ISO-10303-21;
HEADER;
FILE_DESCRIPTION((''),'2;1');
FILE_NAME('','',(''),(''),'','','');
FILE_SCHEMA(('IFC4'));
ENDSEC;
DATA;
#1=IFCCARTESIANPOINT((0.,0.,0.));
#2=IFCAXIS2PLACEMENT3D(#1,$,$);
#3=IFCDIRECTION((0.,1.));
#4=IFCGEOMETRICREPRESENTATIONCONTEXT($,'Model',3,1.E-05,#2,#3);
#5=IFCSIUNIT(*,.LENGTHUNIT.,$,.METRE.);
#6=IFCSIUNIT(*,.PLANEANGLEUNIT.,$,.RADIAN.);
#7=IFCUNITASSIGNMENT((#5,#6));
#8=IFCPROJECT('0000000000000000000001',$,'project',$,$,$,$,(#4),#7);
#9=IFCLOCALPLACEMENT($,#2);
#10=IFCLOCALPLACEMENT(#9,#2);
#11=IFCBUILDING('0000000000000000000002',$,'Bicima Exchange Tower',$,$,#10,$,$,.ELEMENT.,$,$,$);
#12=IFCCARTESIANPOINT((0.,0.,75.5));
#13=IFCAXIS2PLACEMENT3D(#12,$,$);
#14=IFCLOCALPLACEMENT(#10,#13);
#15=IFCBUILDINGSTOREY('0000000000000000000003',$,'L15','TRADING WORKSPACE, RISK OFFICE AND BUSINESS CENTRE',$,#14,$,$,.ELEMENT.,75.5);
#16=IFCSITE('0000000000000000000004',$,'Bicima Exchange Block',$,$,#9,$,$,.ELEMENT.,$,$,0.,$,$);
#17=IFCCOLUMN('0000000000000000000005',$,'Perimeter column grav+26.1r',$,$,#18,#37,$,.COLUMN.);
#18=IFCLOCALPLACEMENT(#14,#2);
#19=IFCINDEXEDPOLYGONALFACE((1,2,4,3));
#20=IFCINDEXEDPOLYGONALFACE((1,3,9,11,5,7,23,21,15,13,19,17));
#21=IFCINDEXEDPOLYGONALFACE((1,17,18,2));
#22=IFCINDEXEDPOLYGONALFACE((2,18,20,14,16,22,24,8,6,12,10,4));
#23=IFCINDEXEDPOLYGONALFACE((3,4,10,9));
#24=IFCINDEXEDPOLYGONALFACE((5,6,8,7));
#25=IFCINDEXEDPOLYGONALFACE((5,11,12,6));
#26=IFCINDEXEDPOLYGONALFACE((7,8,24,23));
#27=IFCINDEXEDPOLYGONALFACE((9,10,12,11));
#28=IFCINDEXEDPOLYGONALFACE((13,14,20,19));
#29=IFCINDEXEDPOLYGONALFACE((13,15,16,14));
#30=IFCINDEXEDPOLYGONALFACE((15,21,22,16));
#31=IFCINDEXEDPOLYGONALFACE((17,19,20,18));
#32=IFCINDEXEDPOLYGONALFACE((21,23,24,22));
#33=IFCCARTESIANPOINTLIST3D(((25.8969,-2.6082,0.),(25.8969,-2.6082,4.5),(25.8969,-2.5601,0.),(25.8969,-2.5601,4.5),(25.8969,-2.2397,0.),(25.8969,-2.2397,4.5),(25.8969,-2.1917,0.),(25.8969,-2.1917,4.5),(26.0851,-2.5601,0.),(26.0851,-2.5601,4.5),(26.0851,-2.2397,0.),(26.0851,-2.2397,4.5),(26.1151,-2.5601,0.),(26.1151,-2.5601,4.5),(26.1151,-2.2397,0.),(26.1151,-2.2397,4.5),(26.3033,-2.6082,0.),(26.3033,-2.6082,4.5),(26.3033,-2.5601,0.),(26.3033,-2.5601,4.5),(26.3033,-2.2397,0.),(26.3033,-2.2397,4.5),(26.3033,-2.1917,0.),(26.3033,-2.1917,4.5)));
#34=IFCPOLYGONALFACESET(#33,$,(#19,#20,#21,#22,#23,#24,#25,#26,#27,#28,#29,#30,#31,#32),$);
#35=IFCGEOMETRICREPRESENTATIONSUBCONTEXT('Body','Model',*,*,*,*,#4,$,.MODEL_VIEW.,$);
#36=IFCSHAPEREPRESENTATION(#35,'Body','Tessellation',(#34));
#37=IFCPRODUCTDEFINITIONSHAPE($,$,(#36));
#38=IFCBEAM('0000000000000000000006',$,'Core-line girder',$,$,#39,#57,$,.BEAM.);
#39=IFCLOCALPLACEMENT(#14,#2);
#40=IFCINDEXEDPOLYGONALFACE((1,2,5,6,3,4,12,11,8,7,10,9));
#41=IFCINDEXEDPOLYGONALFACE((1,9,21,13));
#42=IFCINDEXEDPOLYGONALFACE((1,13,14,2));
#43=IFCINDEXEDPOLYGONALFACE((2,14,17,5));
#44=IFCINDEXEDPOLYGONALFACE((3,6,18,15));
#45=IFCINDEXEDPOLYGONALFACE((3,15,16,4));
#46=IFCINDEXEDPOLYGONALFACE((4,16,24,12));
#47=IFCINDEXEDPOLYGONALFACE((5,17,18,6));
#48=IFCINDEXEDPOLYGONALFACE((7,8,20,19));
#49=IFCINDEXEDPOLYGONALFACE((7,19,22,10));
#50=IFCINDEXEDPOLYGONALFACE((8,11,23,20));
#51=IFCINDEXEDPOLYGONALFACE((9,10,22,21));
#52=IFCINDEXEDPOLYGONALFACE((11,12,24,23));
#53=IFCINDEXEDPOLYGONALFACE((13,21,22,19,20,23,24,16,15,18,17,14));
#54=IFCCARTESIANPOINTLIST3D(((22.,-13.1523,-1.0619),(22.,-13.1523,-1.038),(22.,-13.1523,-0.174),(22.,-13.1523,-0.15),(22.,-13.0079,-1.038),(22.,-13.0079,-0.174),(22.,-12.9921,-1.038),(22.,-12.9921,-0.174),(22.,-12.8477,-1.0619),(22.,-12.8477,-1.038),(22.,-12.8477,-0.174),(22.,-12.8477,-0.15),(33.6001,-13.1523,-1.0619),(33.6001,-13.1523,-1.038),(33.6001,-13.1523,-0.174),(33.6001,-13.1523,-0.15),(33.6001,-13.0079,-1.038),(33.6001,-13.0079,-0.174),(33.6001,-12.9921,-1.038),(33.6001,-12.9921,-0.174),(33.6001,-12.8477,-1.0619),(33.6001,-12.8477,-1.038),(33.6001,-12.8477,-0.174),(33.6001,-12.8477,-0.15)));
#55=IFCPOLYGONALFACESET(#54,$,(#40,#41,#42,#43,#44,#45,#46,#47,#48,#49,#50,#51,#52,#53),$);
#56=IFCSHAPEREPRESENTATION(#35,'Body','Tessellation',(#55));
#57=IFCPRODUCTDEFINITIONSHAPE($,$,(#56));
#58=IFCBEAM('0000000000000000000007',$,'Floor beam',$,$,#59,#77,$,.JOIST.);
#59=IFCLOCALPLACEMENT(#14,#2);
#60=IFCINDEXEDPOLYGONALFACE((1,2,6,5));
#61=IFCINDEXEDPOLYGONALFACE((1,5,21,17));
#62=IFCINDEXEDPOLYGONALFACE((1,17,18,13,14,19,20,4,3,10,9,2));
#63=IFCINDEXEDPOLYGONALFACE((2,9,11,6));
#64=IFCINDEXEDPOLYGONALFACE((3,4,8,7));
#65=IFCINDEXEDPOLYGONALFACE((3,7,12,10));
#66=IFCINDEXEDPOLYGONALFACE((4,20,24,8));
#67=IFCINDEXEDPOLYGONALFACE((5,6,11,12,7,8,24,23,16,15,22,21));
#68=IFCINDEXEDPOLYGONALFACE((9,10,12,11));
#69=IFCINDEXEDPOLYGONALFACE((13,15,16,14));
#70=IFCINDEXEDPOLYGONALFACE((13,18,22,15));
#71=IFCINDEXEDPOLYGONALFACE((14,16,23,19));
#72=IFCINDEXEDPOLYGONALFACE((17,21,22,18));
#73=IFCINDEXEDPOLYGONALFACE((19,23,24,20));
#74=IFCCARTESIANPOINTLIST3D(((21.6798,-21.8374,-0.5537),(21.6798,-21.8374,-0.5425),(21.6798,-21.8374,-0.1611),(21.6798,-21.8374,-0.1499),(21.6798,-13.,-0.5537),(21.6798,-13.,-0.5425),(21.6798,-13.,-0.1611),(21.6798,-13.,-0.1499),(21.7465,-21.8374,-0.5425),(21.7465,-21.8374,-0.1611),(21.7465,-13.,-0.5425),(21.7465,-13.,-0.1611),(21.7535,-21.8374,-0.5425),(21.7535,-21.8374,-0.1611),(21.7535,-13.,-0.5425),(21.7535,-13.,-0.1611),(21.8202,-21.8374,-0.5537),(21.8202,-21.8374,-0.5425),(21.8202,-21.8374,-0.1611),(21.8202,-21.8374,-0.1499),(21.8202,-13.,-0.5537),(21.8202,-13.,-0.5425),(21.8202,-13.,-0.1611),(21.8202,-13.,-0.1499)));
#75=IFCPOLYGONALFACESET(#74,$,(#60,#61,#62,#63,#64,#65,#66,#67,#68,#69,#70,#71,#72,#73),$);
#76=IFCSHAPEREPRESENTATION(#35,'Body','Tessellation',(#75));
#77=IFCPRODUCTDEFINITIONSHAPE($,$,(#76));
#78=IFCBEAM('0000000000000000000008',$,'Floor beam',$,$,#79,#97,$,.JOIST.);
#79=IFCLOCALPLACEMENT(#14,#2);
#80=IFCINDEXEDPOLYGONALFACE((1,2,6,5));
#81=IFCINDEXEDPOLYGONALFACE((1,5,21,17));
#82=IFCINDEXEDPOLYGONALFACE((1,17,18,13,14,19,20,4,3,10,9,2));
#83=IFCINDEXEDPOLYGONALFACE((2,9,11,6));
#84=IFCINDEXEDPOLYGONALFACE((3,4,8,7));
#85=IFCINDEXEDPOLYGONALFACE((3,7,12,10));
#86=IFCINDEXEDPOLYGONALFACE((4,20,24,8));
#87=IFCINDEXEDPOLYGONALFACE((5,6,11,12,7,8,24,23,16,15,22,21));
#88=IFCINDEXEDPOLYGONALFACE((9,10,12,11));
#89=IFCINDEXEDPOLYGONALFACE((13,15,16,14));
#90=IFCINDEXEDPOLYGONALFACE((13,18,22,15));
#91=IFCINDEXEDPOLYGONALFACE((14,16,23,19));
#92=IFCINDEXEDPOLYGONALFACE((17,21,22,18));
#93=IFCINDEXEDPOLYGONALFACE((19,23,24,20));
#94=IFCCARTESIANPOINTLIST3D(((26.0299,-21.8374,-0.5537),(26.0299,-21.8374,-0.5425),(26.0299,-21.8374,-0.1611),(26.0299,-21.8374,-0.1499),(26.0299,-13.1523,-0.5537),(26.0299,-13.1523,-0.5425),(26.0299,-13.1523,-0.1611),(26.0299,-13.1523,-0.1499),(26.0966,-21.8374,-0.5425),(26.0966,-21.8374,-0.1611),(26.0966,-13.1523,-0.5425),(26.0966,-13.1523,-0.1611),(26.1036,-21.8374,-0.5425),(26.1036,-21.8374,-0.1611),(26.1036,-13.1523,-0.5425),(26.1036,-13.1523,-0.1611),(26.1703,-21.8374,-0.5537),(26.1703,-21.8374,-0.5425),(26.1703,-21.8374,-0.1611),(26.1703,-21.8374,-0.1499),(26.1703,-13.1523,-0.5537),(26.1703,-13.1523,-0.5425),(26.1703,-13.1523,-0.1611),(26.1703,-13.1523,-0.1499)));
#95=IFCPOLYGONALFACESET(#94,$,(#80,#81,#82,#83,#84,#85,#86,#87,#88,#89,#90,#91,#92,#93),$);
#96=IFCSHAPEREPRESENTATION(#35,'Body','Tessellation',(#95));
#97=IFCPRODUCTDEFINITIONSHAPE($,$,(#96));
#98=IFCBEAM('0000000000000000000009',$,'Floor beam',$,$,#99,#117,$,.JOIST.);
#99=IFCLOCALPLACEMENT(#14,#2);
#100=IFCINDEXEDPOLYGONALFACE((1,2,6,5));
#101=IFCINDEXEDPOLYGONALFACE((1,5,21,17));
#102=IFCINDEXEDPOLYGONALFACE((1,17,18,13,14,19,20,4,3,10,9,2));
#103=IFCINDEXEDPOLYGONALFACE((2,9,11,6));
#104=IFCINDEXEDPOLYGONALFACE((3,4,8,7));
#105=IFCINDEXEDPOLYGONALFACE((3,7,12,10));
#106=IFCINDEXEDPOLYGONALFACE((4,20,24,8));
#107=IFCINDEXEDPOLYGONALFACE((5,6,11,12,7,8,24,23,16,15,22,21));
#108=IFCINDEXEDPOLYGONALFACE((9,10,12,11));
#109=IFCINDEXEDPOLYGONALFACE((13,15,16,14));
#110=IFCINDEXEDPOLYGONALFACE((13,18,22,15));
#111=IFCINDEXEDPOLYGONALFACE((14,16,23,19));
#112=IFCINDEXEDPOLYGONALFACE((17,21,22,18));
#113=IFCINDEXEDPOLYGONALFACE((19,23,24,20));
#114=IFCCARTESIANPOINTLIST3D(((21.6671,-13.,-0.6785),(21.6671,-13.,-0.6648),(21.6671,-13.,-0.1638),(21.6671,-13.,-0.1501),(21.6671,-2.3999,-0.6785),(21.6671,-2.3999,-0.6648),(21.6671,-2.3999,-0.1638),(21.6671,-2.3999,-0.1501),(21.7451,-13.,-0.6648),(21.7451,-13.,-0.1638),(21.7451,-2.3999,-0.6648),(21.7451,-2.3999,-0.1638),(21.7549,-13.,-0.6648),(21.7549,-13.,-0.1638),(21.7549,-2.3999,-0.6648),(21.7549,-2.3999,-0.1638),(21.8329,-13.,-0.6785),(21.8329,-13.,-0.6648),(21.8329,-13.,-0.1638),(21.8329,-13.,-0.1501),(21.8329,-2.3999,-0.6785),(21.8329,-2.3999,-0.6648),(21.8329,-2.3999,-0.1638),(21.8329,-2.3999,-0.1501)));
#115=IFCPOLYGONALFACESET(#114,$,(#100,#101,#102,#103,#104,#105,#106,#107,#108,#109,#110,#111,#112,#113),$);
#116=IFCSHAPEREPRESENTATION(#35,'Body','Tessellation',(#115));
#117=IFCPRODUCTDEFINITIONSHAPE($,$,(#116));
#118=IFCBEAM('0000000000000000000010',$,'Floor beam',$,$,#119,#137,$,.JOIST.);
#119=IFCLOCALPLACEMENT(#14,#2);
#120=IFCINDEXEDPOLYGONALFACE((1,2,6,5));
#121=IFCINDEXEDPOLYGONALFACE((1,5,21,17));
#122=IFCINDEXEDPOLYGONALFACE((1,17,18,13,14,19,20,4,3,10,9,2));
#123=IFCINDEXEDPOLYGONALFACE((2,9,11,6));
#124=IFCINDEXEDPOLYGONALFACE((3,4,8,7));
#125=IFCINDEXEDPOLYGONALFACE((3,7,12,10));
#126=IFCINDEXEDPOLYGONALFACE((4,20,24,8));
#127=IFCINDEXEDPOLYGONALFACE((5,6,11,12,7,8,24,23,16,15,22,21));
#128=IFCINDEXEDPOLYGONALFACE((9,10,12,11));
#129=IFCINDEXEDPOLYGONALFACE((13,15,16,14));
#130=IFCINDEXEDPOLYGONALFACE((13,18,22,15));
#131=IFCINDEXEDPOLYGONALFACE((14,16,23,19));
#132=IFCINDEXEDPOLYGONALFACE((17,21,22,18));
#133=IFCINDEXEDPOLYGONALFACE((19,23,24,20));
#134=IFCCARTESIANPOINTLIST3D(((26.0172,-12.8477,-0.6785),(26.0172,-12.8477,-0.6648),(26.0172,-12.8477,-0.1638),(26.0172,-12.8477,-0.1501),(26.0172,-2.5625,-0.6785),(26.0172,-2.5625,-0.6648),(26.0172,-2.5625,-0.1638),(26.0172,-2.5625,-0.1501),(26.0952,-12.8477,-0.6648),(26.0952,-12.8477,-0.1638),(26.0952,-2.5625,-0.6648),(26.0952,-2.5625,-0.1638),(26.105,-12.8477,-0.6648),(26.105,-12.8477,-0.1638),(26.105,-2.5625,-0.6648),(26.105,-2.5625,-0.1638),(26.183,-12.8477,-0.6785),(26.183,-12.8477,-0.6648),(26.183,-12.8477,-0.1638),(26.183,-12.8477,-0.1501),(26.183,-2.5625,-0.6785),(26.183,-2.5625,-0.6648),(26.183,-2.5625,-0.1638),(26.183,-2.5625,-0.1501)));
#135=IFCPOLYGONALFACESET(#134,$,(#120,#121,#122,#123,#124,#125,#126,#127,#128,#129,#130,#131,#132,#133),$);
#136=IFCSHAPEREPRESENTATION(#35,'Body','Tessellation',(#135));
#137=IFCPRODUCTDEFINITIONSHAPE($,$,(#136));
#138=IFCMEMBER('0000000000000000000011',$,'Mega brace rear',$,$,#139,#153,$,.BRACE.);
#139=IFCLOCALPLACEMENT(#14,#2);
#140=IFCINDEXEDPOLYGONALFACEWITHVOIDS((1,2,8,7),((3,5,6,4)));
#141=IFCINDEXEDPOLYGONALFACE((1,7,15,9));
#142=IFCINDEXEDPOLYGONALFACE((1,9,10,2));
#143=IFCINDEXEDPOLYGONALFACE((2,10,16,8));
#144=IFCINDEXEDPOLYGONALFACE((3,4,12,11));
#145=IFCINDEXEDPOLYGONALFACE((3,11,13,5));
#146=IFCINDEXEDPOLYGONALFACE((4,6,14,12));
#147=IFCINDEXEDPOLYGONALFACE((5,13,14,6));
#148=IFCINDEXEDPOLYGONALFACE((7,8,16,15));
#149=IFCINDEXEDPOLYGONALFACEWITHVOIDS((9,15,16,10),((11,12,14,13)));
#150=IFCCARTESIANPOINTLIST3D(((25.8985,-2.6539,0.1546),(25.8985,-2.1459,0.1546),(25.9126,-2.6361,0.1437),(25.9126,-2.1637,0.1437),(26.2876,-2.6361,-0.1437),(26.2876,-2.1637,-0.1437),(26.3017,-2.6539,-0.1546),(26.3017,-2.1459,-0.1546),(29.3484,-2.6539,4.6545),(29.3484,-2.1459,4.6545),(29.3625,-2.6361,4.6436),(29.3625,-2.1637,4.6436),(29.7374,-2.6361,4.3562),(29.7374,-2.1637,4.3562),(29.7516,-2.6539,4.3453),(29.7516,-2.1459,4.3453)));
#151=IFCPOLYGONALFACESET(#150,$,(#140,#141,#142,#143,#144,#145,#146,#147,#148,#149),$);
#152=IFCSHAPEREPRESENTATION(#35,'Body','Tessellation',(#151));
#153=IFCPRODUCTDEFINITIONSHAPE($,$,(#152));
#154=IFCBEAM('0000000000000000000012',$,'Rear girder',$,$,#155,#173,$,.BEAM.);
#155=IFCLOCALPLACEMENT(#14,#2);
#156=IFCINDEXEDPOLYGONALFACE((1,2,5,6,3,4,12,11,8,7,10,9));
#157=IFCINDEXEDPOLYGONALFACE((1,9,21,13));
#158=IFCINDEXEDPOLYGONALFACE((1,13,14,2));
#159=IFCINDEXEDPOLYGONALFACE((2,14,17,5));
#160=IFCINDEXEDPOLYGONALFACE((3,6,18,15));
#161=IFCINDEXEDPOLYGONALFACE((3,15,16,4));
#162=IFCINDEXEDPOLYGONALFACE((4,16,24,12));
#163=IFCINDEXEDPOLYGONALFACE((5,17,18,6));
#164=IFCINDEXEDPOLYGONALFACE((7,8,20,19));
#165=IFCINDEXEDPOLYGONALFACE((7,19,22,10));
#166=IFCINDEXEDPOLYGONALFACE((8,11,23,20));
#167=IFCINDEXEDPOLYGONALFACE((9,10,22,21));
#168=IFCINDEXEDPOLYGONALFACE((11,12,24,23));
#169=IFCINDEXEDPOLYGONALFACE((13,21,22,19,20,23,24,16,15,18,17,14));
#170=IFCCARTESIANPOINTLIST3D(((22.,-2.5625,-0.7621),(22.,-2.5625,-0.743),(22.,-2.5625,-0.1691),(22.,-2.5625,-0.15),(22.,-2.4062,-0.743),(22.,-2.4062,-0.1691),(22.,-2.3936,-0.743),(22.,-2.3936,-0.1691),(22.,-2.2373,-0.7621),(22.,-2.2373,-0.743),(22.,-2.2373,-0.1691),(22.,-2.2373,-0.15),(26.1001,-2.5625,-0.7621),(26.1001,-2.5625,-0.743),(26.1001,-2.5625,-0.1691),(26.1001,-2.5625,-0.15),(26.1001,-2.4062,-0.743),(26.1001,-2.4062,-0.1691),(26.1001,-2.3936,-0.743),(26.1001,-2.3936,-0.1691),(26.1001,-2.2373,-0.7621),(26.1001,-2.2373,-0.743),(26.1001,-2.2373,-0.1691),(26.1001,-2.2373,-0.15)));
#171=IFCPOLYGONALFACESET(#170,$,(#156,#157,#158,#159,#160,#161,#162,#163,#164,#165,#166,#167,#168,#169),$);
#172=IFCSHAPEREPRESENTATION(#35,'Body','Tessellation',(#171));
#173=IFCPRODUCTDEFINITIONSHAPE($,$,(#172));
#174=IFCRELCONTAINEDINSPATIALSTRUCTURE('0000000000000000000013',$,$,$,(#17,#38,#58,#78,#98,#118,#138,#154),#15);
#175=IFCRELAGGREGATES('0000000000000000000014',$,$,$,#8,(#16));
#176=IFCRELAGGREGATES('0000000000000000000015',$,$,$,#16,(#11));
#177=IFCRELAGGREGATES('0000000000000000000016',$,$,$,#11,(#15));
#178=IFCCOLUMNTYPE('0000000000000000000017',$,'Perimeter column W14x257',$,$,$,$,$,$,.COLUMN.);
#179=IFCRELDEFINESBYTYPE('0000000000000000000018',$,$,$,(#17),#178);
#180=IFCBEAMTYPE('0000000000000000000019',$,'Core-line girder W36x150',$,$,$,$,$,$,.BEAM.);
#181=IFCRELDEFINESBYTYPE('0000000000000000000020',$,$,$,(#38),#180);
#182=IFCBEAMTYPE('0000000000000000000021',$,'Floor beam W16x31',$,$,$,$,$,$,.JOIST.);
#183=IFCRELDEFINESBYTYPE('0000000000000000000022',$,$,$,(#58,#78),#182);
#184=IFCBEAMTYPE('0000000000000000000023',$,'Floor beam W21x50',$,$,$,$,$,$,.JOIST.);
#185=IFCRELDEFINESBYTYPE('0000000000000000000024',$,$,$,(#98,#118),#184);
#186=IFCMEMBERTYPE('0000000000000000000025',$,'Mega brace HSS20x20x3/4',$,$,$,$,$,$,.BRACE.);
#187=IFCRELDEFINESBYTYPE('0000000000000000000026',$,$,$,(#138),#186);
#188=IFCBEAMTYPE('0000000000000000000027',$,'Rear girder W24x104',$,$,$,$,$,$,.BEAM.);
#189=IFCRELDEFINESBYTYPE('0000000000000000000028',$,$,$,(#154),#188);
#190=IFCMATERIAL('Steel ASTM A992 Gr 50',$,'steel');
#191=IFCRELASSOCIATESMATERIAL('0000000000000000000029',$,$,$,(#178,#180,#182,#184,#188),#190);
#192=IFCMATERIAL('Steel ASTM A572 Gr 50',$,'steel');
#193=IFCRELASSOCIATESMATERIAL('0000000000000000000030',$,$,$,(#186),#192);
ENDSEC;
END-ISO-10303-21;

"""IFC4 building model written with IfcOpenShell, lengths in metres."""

from ifc_helpers import new_model, si_unit, direction, frame, origin, origin_2d, place, context, subcontext, project, spatial, hollow_rectangle, i_section, extrude, material, material_profile, profile_set, type_object, element, save


model = new_model("IFC4")

# Units and contexts
model_context = context("Model", 3, precision=1e-05, world=origin(), true_north=direction((0.0, 1.0)))
body_context = subcontext(model_context, "Body", "Model", "MODEL_VIEW")
ifc_project = project(units=[si_unit("LENGTHUNIT", "METRE"), si_unit("PLANEANGLEUNIT", "RADIAN")], contexts=[model_context])

# Site, building, storey
site_placement = place(None, origin())
site = spatial("IfcSite", under=ifc_project, at=site_placement, Name="Bicima Exchange Block", CompositionType="ELEMENT", RefElevation=0.0)
building_placement = place(site_placement, origin())
building = spatial("IfcBuilding", under=site, at=building_placement, Name="Bicima Exchange Tower", CompositionType="ELEMENT")
storey_placement = place(building_placement, frame((0.0, 0.0, 75.5)))
storey = spatial("IfcBuildingStorey", under=building, at=storey_placement, Name="L15", Description="TRADING WORKSPACE, RISK OFFICE AND BUSINESS CENTRE", CompositionType="ELEMENT", Elevation=75.5)

# Column
ifc_material_1 = material(Name="Steel ASTM A992 Gr 50", Category="steel")
ifc_material_profile_1 = material_profile(ifc_material_1, i_section(OverallWidth=0.4065, OverallDepth=0.4165, WebThickness=0.03, FlangeThickness=0.0481, at=origin_2d()))
ifc_profile_set_1 = profile_set([ifc_material_profile_1], Name="Steel ASTM A992 Gr 50")
column_type = type_object("IfcColumnType", Name="Perimeter column W14x257", PredefinedType="COLUMN", material=ifc_profile_set_1)
column_placement = place(storey_placement, frame((26.1001, -2.3999, 0.0), z_axis=(0.0, 0.0, 1.0), x_axis=(1.0, 0.0, 0.0)))
element("IfcColumn", 1, at=column_placement, inside=storey, type_object=column_type, Name="Perimeter column grav+26.1r", PredefinedType="COLUMN", context=body_context, shape_type="SweptSolid", body=[
    extrude(i_section(OverallWidth=0.4065, OverallDepth=0.4165, WebThickness=0.03, FlangeThickness=0.0481, at=origin_2d()), origin(), (0.0, 0.0, 1.0), 4.5),
])

# Beams
ifc_material_profile_2 = material_profile(ifc_material_1, i_section(OverallWidth=0.3047, OverallDepth=0.9119, WebThickness=0.0159, FlangeThickness=0.0239, at=origin_2d()))
ifc_profile_set_2 = profile_set([ifc_material_profile_2], Name="Steel ASTM A992 Gr 50")
beam_type_1 = type_object("IfcBeamType", Name="Core-line girder W36x150", PredefinedType="BEAM", material=ifc_profile_set_2)
beam_1_placement = place(storey_placement, frame((22.0, -13.0, -0.606), z_axis=(1.0, 0.0, 0.0), x_axis=(0.0, 1.0, 0.0)))
element("IfcBeam", 2, at=beam_1_placement, inside=storey, type_object=beam_type_1, Name="Core-line girder", PredefinedType="BEAM", context=body_context, shape_type="SweptSolid", body=[
    extrude(i_section(OverallWidth=0.3047, OverallDepth=0.9119, WebThickness=0.0159, FlangeThickness=0.0239, at=origin_2d()), origin(), (0.0, 0.0, 1.0), 11.6001),
])
ifc_material_profile_3 = material_profile(ifc_material_1, i_section(OverallWidth=0.1404, OverallDepth=0.4038, WebThickness=0.0071, FlangeThickness=0.0112, at=origin_2d()))
ifc_profile_set_3 = profile_set([ifc_material_profile_3], Name="Steel ASTM A992 Gr 50")
beam_type_2 = type_object("IfcBeamType", Name="Floor beam W16x31", PredefinedType="JOIST", material=ifc_profile_set_3)
beam_2_placement = place(storey_placement, frame((21.75, -13.0, -0.3518), z_axis=(0.0, -1.0, 0.0), x_axis=(1.0, 0.0, 0.0)))
element("IfcBeam", 3, at=beam_2_placement, inside=storey, type_object=beam_type_2, Name="Floor beam", PredefinedType="JOIST", context=body_context, shape_type="SweptSolid", body=[
    extrude(i_section(OverallWidth=0.1404, OverallDepth=0.4038, WebThickness=0.0071, FlangeThickness=0.0112, at=origin_2d()), origin(), (0.0, 0.0, 1.0), 8.8374),
])
beam_3_placement = place(storey_placement, frame((26.1001, -13.1523, -0.3518), z_axis=(0.0, -1.0, 0.0), x_axis=(1.0, 0.0, 0.0)))
element("IfcBeam", 4, at=beam_3_placement, inside=storey, type_object=beam_type_2, Name="Floor beam", PredefinedType="JOIST", context=body_context, shape_type="SweptSolid", body=[
    extrude(i_section(OverallWidth=0.1404, OverallDepth=0.4038, WebThickness=0.0071, FlangeThickness=0.0112, at=origin_2d()), origin(), (0.0, 0.0, 1.0), 8.6851),
])
ifc_material_profile_4 = material_profile(ifc_material_1, i_section(OverallWidth=0.1658, OverallDepth=0.5283, WebThickness=0.0098, FlangeThickness=0.0137, at=origin_2d()))
ifc_profile_set_4 = profile_set([ifc_material_profile_4], Name="Steel ASTM A992 Gr 50")
beam_type_3 = type_object("IfcBeamType", Name="Floor beam W21x50", PredefinedType="JOIST", material=ifc_profile_set_4)
beam_4_placement = place(storey_placement, frame((21.75, -2.3999, -0.4143), z_axis=(0.0, -1.0, 0.0), x_axis=(1.0, 0.0, 0.0)))
element("IfcBeam", 5, at=beam_4_placement, inside=storey, type_object=beam_type_3, Name="Floor beam", PredefinedType="JOIST", context=body_context, shape_type="SweptSolid", body=[
    extrude(i_section(OverallWidth=0.1658, OverallDepth=0.5283, WebThickness=0.0098, FlangeThickness=0.0137, at=origin_2d()), origin(), (0.0, 0.0, 1.0), 10.6001),
])
beam_5_placement = place(storey_placement, frame((26.1001, -2.5625, -0.4143), z_axis=(0.0, -1.0, 0.0), x_axis=(1.0, 0.0, 0.0)))
element("IfcBeam", 6, at=beam_5_placement, inside=storey, type_object=beam_type_3, Name="Floor beam", PredefinedType="JOIST", context=body_context, shape_type="SweptSolid", body=[
    extrude(i_section(OverallWidth=0.1658, OverallDepth=0.5283, WebThickness=0.0098, FlangeThickness=0.0137, at=origin_2d()), origin(), (0.0, 0.0, 1.0), 10.2852),
])

# Member
ifc_material_2 = material(Name="Steel ASTM A572 Gr 50", Category="steel")
ifc_material_profile_5 = material_profile(ifc_material_2, hollow_rectangle(XDim=0.5081, YDim=0.5081, WallThickness=0.0178, at=origin_2d()))
ifc_profile_set_5 = profile_set([ifc_material_profile_5], Name="Steel ASTM A572 Gr 50")
member_type = type_object("IfcMemberType", Name="Mega brace HSS20x20x3/4", PredefinedType="BRACE", material=ifc_profile_set_5)
member_placement = place(storey_placement, frame((26.1001, -2.3999, 0.0), z_axis=(0.608426, 0.0, 0.793611), x_axis=(0.0, 1.0, 0.0)))
element("IfcMember", 7, at=member_placement, inside=storey, type_object=member_type, Name="Mega brace rear", PredefinedType="BRACE", context=body_context, shape_type="SweptSolid", body=[
    extrude(hollow_rectangle(XDim=0.5081, YDim=0.5081, WallThickness=0.0178, at=origin_2d()), origin(), (0.0, 0.0, 1.0), 5.6702),
])

# Beam
ifc_material_profile_6 = material_profile(ifc_material_1, i_section(OverallWidth=0.3252, OverallDepth=0.6121, WebThickness=0.0127, FlangeThickness=0.019, at=origin_2d()))
ifc_profile_set_6 = profile_set([ifc_material_profile_6], Name="Steel ASTM A992 Gr 50")
beam_type_4 = type_object("IfcBeamType", Name="Rear girder W24x104", PredefinedType="BEAM", material=ifc_profile_set_6)
beam_6_placement = place(storey_placement, frame((22.0, -2.3999, -0.4561), z_axis=(1.0, 0.0, 0.0), x_axis=(0.0, 1.0, 0.0)))
element("IfcBeam", 8, at=beam_6_placement, inside=storey, type_object=beam_type_4, Name="Rear girder", PredefinedType="BEAM", context=body_context, shape_type="SweptSolid", body=[
    extrude(i_section(OverallWidth=0.3252, OverallDepth=0.6121, WebThickness=0.0127, FlangeThickness=0.019, at=origin_2d()), origin(), (0.0, 0.0, 1.0), 4.1001),
])

save(model, "model.ifc")
